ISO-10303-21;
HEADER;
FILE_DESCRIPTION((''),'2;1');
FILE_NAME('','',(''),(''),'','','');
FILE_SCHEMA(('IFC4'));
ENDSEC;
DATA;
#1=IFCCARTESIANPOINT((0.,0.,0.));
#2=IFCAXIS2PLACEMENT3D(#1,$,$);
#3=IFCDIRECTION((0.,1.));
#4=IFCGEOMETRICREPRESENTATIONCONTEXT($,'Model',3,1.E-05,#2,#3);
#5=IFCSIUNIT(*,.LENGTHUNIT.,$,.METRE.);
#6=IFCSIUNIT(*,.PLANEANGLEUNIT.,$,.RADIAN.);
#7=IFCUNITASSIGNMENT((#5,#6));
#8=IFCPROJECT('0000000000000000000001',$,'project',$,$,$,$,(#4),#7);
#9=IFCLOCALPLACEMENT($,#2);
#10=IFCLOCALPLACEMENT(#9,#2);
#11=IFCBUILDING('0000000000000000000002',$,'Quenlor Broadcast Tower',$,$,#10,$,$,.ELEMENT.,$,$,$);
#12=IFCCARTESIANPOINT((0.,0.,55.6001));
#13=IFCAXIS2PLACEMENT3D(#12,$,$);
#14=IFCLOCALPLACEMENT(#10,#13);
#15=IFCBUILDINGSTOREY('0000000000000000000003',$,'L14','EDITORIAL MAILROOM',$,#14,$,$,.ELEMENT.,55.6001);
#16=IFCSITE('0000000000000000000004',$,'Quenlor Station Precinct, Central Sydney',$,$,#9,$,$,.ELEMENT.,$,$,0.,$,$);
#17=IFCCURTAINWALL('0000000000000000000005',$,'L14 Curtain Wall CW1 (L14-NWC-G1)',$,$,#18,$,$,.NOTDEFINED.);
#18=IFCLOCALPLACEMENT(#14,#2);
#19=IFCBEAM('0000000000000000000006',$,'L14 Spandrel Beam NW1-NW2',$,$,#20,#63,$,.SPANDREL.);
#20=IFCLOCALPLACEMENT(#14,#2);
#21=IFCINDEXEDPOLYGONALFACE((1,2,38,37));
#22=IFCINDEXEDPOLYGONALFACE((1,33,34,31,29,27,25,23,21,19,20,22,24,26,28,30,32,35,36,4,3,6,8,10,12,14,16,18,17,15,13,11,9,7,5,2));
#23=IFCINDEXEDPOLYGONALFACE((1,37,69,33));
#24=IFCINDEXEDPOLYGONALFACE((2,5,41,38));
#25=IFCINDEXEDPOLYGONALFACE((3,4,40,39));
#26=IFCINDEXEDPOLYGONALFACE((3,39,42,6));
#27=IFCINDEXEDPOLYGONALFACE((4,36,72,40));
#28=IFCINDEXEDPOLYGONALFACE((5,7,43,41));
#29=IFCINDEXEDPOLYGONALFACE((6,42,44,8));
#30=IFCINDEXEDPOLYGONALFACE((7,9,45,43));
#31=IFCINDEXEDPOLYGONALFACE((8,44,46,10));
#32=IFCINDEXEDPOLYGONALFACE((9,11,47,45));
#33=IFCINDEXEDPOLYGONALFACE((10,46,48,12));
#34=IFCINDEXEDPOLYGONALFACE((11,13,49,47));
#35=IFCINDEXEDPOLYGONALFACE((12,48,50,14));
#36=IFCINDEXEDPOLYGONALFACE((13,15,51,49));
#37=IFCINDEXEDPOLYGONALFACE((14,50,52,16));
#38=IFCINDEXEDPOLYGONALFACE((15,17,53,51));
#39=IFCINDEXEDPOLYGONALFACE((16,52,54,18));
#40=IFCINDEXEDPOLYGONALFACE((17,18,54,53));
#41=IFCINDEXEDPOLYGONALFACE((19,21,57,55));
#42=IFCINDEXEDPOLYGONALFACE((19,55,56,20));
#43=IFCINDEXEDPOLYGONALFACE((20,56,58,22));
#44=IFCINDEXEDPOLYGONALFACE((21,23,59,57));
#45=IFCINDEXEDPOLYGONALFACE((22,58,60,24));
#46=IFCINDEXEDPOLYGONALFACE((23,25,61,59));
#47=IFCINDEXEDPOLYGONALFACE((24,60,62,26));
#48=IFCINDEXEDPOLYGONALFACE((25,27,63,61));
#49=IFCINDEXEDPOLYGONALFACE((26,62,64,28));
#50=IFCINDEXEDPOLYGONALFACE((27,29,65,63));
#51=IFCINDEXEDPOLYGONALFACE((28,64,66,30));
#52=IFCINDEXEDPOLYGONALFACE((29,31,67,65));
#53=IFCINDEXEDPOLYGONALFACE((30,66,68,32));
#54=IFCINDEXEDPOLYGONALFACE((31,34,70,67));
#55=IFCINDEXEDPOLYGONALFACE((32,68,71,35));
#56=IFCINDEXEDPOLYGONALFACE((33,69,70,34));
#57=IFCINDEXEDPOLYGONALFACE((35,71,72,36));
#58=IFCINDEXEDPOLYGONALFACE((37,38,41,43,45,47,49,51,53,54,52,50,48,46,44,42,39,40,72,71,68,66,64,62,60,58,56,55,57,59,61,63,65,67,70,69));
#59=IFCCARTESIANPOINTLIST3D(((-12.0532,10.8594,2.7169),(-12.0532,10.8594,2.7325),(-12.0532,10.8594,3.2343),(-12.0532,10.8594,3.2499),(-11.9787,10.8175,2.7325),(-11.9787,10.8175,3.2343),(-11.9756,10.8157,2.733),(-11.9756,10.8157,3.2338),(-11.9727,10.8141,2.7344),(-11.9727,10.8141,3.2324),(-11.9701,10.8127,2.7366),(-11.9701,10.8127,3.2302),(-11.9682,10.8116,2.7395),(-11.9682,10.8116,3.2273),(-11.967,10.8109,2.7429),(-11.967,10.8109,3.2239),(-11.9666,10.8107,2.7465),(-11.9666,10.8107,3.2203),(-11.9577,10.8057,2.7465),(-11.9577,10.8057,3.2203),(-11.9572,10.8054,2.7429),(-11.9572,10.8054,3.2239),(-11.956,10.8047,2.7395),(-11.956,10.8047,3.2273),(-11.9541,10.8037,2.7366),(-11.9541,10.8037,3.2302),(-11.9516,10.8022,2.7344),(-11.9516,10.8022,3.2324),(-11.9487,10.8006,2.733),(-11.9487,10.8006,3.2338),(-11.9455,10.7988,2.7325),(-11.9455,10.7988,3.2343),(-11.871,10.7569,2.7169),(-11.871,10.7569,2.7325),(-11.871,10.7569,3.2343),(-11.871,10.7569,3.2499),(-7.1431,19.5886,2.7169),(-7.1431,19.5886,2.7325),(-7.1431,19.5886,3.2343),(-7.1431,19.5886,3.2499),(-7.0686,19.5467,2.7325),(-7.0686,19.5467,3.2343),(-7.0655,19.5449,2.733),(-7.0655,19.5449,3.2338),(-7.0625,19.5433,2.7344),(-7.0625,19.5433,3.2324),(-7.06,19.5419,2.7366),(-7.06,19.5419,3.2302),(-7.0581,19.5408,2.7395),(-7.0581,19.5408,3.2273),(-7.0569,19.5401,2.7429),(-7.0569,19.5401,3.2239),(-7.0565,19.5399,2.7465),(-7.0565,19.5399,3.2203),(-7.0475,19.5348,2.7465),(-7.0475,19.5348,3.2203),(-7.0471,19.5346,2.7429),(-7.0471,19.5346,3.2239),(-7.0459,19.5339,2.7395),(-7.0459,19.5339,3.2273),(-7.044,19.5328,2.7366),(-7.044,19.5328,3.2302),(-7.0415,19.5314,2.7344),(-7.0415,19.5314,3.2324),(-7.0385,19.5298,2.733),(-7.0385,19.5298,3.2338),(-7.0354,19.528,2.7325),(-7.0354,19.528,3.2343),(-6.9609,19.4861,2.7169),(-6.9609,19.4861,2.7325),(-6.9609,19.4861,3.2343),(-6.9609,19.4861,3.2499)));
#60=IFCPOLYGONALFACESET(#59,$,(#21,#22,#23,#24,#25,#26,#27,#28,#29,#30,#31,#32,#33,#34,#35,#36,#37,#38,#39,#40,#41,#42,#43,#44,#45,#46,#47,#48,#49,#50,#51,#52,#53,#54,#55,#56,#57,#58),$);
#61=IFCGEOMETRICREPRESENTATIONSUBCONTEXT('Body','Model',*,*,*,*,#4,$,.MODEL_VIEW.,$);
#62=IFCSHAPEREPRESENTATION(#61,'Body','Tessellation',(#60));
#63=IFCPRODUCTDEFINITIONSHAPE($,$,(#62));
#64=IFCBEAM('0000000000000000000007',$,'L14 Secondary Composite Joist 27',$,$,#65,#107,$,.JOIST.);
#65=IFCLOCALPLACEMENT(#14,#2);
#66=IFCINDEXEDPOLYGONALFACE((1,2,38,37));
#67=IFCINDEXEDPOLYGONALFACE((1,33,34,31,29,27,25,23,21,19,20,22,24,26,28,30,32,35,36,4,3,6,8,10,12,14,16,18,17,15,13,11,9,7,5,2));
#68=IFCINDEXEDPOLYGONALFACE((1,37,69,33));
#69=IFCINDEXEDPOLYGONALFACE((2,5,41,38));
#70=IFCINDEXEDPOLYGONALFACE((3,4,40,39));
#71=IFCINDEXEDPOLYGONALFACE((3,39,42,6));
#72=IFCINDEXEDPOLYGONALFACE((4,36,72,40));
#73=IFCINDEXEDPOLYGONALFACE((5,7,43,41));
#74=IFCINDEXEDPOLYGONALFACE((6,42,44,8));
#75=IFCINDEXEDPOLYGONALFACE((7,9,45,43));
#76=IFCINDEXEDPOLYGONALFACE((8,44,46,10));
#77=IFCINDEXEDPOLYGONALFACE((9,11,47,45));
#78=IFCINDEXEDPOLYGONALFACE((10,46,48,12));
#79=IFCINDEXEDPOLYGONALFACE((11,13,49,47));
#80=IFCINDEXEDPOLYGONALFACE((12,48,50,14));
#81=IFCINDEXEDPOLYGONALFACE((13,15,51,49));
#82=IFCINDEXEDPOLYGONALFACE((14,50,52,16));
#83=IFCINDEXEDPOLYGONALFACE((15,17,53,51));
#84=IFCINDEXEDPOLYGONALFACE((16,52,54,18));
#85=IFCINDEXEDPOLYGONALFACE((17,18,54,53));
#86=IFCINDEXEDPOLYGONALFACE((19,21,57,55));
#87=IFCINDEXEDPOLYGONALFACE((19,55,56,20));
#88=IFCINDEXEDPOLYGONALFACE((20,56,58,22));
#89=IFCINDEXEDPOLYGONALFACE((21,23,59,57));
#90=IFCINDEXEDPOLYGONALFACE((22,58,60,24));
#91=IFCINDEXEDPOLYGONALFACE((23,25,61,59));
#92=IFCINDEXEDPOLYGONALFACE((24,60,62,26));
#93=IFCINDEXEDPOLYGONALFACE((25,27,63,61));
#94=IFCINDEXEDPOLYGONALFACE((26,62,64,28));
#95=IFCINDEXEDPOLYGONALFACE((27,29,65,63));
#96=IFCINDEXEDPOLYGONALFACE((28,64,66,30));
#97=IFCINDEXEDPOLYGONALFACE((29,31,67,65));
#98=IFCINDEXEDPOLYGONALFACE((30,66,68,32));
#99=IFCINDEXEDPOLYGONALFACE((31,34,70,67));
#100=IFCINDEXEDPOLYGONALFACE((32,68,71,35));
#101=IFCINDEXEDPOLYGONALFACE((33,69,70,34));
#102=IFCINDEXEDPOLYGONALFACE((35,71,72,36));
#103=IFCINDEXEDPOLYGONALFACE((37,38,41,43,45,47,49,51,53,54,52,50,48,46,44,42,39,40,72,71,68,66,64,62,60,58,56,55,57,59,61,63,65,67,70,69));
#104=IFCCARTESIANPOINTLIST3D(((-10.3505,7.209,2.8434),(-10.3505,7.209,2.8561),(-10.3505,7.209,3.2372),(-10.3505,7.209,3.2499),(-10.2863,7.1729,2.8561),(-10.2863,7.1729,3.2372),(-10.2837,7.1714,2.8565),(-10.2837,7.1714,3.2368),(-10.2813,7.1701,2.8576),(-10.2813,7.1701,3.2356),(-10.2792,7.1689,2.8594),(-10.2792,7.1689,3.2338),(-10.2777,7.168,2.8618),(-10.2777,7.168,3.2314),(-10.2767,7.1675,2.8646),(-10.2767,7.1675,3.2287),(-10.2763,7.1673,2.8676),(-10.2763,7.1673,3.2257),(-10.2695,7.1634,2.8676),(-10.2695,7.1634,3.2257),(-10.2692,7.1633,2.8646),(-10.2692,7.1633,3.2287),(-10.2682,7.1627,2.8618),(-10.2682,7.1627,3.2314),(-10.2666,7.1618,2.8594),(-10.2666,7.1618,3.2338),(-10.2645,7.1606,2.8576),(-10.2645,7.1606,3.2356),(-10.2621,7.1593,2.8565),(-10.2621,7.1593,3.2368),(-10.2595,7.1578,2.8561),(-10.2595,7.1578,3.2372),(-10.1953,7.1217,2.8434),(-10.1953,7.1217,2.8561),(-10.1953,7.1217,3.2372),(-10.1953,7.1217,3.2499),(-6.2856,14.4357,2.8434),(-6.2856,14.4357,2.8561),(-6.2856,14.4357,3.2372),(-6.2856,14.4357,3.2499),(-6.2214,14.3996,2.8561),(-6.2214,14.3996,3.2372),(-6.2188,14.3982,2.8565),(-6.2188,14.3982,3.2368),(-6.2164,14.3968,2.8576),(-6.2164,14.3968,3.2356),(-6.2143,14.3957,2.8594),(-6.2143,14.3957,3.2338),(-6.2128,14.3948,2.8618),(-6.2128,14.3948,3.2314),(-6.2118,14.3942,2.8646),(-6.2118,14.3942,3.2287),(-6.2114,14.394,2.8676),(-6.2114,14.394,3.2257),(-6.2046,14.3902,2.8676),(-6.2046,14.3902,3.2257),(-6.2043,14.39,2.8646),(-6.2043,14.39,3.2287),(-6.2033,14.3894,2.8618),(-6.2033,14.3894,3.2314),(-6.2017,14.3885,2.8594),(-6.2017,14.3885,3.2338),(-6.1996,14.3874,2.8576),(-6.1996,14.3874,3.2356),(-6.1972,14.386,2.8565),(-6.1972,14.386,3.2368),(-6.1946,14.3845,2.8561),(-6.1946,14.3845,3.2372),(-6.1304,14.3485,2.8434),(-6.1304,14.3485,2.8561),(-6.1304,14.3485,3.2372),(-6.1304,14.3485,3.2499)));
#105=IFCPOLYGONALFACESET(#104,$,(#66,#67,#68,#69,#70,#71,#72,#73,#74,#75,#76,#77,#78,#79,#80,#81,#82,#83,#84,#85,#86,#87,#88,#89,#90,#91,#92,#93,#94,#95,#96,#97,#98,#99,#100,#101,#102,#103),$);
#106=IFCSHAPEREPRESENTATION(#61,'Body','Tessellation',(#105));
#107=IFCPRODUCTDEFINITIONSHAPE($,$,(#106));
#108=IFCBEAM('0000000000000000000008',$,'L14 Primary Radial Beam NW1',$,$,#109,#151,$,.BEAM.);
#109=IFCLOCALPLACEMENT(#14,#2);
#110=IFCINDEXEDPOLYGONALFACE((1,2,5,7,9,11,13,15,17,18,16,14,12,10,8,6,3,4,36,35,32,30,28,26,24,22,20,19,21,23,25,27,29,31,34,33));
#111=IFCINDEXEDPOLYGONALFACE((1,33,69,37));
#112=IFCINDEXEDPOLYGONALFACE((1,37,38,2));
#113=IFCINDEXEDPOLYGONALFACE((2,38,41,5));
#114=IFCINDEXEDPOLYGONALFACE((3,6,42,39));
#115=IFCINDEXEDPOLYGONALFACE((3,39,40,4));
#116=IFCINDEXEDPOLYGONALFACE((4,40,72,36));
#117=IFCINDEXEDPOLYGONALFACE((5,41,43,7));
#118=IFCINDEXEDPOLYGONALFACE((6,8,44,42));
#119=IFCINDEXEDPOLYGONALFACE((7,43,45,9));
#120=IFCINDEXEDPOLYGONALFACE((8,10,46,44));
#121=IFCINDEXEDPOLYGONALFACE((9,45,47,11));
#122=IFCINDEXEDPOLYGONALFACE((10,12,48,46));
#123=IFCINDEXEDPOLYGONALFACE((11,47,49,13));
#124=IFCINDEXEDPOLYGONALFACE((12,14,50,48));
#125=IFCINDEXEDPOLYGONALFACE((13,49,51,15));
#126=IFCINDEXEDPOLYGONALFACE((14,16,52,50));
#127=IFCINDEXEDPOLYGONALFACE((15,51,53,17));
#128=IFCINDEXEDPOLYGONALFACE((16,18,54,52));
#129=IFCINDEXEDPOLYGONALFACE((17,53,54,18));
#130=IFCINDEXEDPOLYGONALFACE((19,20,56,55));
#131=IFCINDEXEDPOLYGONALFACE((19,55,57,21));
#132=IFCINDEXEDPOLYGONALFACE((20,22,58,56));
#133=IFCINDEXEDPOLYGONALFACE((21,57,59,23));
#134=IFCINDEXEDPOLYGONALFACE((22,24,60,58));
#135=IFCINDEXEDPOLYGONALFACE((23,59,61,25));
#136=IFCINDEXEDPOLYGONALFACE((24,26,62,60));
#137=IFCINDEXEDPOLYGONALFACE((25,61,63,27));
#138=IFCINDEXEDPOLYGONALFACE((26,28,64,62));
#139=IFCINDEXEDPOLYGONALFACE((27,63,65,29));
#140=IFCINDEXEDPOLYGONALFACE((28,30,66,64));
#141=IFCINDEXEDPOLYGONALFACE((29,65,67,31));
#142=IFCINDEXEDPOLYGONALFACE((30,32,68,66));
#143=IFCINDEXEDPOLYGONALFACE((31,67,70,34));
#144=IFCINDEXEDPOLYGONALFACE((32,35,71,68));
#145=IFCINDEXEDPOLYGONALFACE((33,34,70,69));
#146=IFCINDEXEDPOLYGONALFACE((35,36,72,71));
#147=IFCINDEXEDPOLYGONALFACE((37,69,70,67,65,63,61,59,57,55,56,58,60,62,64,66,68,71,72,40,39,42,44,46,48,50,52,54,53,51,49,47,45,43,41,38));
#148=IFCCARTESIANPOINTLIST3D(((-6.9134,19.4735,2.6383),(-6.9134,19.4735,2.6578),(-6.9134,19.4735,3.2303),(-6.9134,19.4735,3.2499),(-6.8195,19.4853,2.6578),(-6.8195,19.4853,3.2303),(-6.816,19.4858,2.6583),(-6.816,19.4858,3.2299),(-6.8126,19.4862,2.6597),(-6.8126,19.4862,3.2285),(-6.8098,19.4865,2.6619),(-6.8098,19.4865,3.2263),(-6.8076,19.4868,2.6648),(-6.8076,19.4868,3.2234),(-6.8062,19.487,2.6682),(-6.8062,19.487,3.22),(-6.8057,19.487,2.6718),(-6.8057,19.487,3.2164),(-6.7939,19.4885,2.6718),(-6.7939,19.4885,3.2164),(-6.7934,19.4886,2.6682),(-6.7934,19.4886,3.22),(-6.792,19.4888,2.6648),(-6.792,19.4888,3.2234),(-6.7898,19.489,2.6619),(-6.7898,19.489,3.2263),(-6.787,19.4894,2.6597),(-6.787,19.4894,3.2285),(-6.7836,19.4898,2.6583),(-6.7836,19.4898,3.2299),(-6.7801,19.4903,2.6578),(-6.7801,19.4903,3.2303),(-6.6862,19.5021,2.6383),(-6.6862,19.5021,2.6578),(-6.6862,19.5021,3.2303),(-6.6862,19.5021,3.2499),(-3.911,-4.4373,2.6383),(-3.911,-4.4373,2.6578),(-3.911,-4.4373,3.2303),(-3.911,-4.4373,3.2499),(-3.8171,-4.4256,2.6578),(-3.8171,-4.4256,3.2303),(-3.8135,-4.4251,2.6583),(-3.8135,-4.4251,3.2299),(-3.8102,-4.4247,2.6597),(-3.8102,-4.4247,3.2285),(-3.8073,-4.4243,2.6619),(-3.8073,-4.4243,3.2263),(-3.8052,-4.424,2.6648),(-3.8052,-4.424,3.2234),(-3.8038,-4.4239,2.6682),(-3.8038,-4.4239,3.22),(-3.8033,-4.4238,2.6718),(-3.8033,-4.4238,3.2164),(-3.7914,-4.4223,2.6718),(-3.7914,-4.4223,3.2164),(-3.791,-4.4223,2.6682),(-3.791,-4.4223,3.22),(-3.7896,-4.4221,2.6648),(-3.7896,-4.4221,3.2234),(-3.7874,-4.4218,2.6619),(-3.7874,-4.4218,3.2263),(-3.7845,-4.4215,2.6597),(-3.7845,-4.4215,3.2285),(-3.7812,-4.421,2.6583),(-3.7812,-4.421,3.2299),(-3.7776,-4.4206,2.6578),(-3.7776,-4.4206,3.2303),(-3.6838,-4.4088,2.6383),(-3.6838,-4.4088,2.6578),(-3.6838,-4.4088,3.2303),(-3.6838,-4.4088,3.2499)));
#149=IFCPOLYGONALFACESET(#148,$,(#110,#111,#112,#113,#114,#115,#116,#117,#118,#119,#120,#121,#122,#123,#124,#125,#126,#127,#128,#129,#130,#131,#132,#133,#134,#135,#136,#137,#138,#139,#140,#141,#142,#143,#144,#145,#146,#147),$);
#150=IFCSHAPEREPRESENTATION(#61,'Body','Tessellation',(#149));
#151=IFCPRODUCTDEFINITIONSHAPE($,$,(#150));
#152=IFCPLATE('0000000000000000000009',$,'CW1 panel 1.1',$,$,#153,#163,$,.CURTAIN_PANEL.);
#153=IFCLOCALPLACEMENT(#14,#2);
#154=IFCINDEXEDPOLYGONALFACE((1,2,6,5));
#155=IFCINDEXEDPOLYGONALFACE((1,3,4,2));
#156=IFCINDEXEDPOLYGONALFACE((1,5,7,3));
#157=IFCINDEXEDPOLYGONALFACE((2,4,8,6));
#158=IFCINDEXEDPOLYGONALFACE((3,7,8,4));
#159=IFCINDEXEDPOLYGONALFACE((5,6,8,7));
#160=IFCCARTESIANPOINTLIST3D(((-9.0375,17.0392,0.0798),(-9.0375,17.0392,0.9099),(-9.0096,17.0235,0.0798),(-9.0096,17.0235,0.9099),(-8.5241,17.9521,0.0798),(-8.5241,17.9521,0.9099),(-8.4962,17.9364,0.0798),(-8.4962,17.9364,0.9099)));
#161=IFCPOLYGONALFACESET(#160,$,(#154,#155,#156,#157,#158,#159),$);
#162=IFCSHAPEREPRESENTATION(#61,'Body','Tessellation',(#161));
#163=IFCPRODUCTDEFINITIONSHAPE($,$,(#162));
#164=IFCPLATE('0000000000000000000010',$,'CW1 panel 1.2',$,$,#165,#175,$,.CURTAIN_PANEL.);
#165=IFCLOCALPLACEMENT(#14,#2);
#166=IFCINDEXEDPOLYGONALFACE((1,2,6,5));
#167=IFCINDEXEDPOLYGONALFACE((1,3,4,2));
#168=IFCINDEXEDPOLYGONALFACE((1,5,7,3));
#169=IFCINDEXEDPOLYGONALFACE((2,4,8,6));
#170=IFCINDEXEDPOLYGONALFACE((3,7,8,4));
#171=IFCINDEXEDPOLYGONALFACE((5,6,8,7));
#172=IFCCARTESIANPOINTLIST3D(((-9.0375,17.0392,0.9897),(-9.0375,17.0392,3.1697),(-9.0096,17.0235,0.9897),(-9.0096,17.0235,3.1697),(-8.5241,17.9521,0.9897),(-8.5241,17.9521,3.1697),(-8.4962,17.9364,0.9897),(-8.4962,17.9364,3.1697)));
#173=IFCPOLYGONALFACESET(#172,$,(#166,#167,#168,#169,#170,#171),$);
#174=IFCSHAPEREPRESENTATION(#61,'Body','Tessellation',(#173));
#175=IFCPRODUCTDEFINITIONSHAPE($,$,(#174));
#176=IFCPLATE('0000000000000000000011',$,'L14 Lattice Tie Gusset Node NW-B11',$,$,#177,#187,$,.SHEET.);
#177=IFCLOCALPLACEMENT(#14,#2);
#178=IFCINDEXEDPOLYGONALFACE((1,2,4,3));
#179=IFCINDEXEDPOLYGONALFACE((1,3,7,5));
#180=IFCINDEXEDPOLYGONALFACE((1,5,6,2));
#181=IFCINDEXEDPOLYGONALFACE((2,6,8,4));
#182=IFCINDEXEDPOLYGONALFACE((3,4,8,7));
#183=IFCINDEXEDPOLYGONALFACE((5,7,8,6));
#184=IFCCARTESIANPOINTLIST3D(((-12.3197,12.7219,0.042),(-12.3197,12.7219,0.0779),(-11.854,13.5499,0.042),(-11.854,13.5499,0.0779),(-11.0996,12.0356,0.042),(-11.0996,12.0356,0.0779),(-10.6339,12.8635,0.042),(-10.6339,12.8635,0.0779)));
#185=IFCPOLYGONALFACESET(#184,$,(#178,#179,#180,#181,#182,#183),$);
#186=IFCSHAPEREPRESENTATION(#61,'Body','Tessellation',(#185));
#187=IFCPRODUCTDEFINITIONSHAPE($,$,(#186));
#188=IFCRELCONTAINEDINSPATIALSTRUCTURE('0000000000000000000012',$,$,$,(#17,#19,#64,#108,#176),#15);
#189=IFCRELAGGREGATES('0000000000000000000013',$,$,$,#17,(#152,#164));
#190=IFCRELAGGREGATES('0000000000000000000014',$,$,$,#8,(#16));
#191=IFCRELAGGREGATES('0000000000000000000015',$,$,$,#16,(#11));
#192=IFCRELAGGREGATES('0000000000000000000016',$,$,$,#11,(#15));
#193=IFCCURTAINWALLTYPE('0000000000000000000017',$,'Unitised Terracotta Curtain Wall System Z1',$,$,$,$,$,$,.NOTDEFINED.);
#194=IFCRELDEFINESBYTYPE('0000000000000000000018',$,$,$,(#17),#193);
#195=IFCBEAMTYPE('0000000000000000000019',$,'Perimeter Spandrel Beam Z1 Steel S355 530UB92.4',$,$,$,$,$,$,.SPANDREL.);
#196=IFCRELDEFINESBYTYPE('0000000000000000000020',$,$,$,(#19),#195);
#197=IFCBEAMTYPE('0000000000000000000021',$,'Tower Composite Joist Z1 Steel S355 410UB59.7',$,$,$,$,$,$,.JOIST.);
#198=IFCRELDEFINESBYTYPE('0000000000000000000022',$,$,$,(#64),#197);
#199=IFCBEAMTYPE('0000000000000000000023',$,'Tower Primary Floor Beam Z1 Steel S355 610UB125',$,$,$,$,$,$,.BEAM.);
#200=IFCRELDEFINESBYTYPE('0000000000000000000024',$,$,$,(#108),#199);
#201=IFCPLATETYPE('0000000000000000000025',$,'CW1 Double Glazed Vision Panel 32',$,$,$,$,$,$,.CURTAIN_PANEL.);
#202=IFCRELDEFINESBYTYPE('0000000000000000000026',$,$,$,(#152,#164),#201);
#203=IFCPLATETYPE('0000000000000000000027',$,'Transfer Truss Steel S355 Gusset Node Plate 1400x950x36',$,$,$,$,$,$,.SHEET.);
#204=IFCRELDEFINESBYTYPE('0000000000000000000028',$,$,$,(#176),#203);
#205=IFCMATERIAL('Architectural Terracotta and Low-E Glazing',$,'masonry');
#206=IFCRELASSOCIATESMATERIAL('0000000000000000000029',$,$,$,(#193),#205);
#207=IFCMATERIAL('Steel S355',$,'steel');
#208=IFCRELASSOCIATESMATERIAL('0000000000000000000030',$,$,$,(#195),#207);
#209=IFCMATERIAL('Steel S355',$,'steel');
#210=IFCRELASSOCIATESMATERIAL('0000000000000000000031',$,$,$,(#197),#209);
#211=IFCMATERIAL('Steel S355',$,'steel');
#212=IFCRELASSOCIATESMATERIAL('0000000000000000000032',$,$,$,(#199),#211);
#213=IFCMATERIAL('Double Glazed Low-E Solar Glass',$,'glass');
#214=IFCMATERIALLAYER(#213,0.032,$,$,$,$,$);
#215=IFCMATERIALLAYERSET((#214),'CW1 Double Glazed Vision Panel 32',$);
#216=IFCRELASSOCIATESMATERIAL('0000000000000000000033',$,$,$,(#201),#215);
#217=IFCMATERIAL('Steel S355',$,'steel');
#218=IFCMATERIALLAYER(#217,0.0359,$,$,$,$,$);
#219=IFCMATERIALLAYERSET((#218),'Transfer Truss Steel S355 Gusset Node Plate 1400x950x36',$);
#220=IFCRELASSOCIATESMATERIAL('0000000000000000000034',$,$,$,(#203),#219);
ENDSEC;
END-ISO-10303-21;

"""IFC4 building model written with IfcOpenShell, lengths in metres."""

from ifc_helpers import new_model, si_unit, direction, frame, origin, origin_2d, place, context, subcontext, project, spatial, rectangle, i_section, extrude, material, layer, layer_set, material_profile, profile_set, type_object, element, aggregate, save


model = new_model("IFC4")

# Units and contexts
model_context = context("Model", 3, precision=1e-05, world=origin(), true_north=direction((0.0, 1.0)))
body_context = subcontext(model_context, "Body", "Model", "MODEL_VIEW")
ifc_project = project(units=[si_unit("LENGTHUNIT", "METRE"), si_unit("PLANEANGLEUNIT", "RADIAN")], contexts=[model_context])

# Site, building, storey
site_placement = place(None, origin())
site = spatial("IfcSite", under=ifc_project, at=site_placement, Name="Quenlor Station Precinct, Central Sydney", CompositionType="ELEMENT", RefElevation=0.0)
building_placement = place(site_placement, origin())
building = spatial("IfcBuilding", under=site, at=building_placement, Name="Quenlor Broadcast Tower", CompositionType="ELEMENT")
storey_placement = place(building_placement, frame((0.0, 0.0, 55.6001)))
storey = spatial("IfcBuildingStorey", under=building, at=storey_placement, Name="L14", Description="EDITORIAL MAILROOM", CompositionType="ELEMENT", Elevation=55.6001)

# Curtain wall
ifc_material_1 = material(Name="Architectural Terracotta and Low-E Glazing", Category="masonry")
curtain_wall_type = type_object("IfcCurtainWallType", Name="Unitised Terracotta Curtain Wall System Z1", PredefinedType="NOTDEFINED", material=ifc_material_1)
curtain_wall_placement = place(storey_placement, origin())
curtain_wall = element("IfcCurtainWall", 1, at=curtain_wall_placement, inside=storey, type_object=curtain_wall_type, Name="L14 Curtain Wall CW1 (L14-NWC-G1)", PredefinedType="NOTDEFINED")

# Beams
ifc_material_2 = material(Name="Steel S355", Category="steel")
ifc_material_profile_1 = material_profile(ifc_material_2, i_section(OverallWidth=0.209, OverallDepth=0.533, WebThickness=0.0103, FlangeThickness=0.0156, FilletRadius=0.0139, at=origin_2d()))
ifc_profile_set_1 = profile_set([ifc_material_profile_1], Name="Steel S355 530UB92.4")
beam_type_1 = type_object("IfcBeamType", Name="Perimeter Spandrel Beam Z1 Steel S355 530UB92.4", PredefinedType="SPANDREL", material=ifc_profile_set_1)
beam_1_placement = place(storey_placement, frame((-7.052, 19.5374, 2.9834), z_axis=(-0.490258, -0.871577, 0.0), x_axis=(0.871577, -0.490258, 0.0)))
element("IfcBeam", 2, at=beam_1_placement, inside=storey, type_object=beam_type_1, Name="L14 Spandrel Beam NW1-NW2", PredefinedType="SPANDREL", context=body_context, shape_type="SweptSolid", body=[
    extrude(i_section(OverallWidth=0.209, OverallDepth=0.533, WebThickness=0.0103, FlangeThickness=0.0156, FilletRadius=0.0139, at=origin_2d()), origin(), (0.0, 0.0, 1.0), 10.0154),
])
ifc_material_3 = material(Name="Steel S355", Category="steel")
ifc_material_profile_2 = material_profile(ifc_material_3, i_section(OverallWidth=0.178, OverallDepth=0.4065, WebThickness=0.0078, FlangeThickness=0.0127, FilletRadius=0.0115, at=origin_2d()))
ifc_profile_set_2 = profile_set([ifc_material_profile_2], Name="Steel S355 410UB59.7")
beam_type_2 = type_object("IfcBeamType", Name="Tower Composite Joist Z1 Steel S355 410UB59.7", PredefinedType="JOIST", material=ifc_profile_set_2)
beam_2_placement = place(storey_placement, frame((-6.208, 14.3921, 3.0466), z_axis=(-0.490249, -0.871583, 0.0), x_axis=(0.871583, -0.490249, 0.0)))
element("IfcBeam", 3, at=beam_2_placement, inside=storey, type_object=beam_type_2, Name="L14 Secondary Composite Joist 27", PredefinedType="JOIST", context=body_context, shape_type="SweptSolid", body=[
    extrude(i_section(OverallWidth=0.178, OverallDepth=0.4065, WebThickness=0.0078, FlangeThickness=0.0127, FilletRadius=0.0115, at=origin_2d()), origin(), (0.0, 0.0, 1.0), 8.2915),
])
ifc_material_4 = material(Name="Steel S355", Category="steel")
ifc_material_profile_3 = material_profile(ifc_material_4, i_section(OverallWidth=0.229, OverallDepth=0.6116, WebThickness=0.012, FlangeThickness=0.0195, FilletRadius=0.0139, at=origin_2d()))
ifc_profile_set_3 = profile_set([ifc_material_profile_3], Name="Steel S355 610UB125")
beam_type_3 = type_object("IfcBeamType", Name="Tower Primary Floor Beam Z1 Steel S355 610UB125", PredefinedType="BEAM", material=ifc_profile_set_3)
beam_3_placement = place(storey_placement, frame((-6.7998, 19.4878, 2.9441), z_axis=(0.12459, -0.992208, 0.0), x_axis=(0.992208, 0.12459, 0.0)))
element("IfcBeam", 4, at=beam_3_placement, inside=storey, type_object=beam_type_3, Name="L14 Primary Radial Beam NW1", PredefinedType="BEAM", context=body_context, shape_type="SweptSolid", body=[
    extrude(i_section(OverallWidth=0.229, OverallDepth=0.6116, WebThickness=0.012, FlangeThickness=0.0195, FilletRadius=0.0139, at=origin_2d()), origin(), (0.0, 0.0, 1.0), 24.0986),
])

# Plates
ifc_material_5 = material(Name="Double Glazed Low-E Solar Glass", Category="glass")
ifc_layer_1 = layer(ifc_material_5, 0.032)
ifc_layer_set_1 = layer_set([ifc_layer_1], Name="CW1 Double Glazed Vision Panel 32")
plate_type_1 = type_object("IfcPlateType", Name="CW1 Double Glazed Vision Panel 32", PredefinedType="CURTAIN_PANEL", material=ifc_layer_set_1)
plate_1_placement = place(storey_placement, frame((-8.7668, 17.4878, 0.0798), z_axis=(0.0, 0.0, 1.0), x_axis=(0.490214, 0.871602, 0.0)))
plate_1 = element("IfcPlate", 5, at=plate_1_placement, type_object=plate_type_1, Name="CW1 panel 1.1", PredefinedType="CURTAIN_PANEL", context=body_context, shape_type="SweptSolid", body=[
    extrude(rectangle(XDim=1.0474, YDim=0.032, at=origin_2d()), origin(), (0.0, 0.0, 1.0), 0.8301),
])
plate_2_placement = place(storey_placement, frame((-8.7668, 17.4878, 0.9897), z_axis=(0.0, 0.0, 1.0), x_axis=(0.490214, 0.871602, 0.0)))
plate_2 = element("IfcPlate", 6, at=plate_2_placement, type_object=plate_type_1, Name="CW1 panel 1.2", PredefinedType="CURTAIN_PANEL", context=body_context, shape_type="SweptSolid", body=[
    extrude(rectangle(XDim=1.0474, YDim=0.032, at=origin_2d()), origin(), (0.0, 0.0, 1.0), 2.1799),
])
aggregate(curtain_wall, [plate_1, plate_2])

# Plate
ifc_material_6 = material(Name="Steel S355", Category="steel")
ifc_layer_2 = layer(ifc_material_6, 0.0359)
ifc_layer_set_2 = layer_set([ifc_layer_2], Name="Transfer Truss Steel S355 Gusset Node Plate 1400x950x36")
plate_type_2 = type_object("IfcPlateType", Name="Transfer Truss Steel S355 Gusset Node Plate 1400x950x36", PredefinedType="SHEET", material=ifc_layer_set_2)
for number, where, z_axis, x_axis, name in (
    (7, (-11.4768, 12.7927, 0.042), (0.0, 0.0, 1.0), (-0.871556, 0.490295, 0.0), "L14 Lattice Tie Gusset Node NW-B11"),
):
    element("IfcPlate", number, at=place(storey_placement, frame(where, z_axis=z_axis, x_axis=x_axis)), inside=storey, type_object=plate_type_2, Name=name, PredefinedType="SHEET", context=body_context, shape_type="SweptSolid", body=[
        extrude(rectangle(XDim=1.3999, YDim=0.95, at=origin_2d()), origin(), (0.0, 0.0, 1.0), 0.0359),
    ])

save(model, "model.ifc")
